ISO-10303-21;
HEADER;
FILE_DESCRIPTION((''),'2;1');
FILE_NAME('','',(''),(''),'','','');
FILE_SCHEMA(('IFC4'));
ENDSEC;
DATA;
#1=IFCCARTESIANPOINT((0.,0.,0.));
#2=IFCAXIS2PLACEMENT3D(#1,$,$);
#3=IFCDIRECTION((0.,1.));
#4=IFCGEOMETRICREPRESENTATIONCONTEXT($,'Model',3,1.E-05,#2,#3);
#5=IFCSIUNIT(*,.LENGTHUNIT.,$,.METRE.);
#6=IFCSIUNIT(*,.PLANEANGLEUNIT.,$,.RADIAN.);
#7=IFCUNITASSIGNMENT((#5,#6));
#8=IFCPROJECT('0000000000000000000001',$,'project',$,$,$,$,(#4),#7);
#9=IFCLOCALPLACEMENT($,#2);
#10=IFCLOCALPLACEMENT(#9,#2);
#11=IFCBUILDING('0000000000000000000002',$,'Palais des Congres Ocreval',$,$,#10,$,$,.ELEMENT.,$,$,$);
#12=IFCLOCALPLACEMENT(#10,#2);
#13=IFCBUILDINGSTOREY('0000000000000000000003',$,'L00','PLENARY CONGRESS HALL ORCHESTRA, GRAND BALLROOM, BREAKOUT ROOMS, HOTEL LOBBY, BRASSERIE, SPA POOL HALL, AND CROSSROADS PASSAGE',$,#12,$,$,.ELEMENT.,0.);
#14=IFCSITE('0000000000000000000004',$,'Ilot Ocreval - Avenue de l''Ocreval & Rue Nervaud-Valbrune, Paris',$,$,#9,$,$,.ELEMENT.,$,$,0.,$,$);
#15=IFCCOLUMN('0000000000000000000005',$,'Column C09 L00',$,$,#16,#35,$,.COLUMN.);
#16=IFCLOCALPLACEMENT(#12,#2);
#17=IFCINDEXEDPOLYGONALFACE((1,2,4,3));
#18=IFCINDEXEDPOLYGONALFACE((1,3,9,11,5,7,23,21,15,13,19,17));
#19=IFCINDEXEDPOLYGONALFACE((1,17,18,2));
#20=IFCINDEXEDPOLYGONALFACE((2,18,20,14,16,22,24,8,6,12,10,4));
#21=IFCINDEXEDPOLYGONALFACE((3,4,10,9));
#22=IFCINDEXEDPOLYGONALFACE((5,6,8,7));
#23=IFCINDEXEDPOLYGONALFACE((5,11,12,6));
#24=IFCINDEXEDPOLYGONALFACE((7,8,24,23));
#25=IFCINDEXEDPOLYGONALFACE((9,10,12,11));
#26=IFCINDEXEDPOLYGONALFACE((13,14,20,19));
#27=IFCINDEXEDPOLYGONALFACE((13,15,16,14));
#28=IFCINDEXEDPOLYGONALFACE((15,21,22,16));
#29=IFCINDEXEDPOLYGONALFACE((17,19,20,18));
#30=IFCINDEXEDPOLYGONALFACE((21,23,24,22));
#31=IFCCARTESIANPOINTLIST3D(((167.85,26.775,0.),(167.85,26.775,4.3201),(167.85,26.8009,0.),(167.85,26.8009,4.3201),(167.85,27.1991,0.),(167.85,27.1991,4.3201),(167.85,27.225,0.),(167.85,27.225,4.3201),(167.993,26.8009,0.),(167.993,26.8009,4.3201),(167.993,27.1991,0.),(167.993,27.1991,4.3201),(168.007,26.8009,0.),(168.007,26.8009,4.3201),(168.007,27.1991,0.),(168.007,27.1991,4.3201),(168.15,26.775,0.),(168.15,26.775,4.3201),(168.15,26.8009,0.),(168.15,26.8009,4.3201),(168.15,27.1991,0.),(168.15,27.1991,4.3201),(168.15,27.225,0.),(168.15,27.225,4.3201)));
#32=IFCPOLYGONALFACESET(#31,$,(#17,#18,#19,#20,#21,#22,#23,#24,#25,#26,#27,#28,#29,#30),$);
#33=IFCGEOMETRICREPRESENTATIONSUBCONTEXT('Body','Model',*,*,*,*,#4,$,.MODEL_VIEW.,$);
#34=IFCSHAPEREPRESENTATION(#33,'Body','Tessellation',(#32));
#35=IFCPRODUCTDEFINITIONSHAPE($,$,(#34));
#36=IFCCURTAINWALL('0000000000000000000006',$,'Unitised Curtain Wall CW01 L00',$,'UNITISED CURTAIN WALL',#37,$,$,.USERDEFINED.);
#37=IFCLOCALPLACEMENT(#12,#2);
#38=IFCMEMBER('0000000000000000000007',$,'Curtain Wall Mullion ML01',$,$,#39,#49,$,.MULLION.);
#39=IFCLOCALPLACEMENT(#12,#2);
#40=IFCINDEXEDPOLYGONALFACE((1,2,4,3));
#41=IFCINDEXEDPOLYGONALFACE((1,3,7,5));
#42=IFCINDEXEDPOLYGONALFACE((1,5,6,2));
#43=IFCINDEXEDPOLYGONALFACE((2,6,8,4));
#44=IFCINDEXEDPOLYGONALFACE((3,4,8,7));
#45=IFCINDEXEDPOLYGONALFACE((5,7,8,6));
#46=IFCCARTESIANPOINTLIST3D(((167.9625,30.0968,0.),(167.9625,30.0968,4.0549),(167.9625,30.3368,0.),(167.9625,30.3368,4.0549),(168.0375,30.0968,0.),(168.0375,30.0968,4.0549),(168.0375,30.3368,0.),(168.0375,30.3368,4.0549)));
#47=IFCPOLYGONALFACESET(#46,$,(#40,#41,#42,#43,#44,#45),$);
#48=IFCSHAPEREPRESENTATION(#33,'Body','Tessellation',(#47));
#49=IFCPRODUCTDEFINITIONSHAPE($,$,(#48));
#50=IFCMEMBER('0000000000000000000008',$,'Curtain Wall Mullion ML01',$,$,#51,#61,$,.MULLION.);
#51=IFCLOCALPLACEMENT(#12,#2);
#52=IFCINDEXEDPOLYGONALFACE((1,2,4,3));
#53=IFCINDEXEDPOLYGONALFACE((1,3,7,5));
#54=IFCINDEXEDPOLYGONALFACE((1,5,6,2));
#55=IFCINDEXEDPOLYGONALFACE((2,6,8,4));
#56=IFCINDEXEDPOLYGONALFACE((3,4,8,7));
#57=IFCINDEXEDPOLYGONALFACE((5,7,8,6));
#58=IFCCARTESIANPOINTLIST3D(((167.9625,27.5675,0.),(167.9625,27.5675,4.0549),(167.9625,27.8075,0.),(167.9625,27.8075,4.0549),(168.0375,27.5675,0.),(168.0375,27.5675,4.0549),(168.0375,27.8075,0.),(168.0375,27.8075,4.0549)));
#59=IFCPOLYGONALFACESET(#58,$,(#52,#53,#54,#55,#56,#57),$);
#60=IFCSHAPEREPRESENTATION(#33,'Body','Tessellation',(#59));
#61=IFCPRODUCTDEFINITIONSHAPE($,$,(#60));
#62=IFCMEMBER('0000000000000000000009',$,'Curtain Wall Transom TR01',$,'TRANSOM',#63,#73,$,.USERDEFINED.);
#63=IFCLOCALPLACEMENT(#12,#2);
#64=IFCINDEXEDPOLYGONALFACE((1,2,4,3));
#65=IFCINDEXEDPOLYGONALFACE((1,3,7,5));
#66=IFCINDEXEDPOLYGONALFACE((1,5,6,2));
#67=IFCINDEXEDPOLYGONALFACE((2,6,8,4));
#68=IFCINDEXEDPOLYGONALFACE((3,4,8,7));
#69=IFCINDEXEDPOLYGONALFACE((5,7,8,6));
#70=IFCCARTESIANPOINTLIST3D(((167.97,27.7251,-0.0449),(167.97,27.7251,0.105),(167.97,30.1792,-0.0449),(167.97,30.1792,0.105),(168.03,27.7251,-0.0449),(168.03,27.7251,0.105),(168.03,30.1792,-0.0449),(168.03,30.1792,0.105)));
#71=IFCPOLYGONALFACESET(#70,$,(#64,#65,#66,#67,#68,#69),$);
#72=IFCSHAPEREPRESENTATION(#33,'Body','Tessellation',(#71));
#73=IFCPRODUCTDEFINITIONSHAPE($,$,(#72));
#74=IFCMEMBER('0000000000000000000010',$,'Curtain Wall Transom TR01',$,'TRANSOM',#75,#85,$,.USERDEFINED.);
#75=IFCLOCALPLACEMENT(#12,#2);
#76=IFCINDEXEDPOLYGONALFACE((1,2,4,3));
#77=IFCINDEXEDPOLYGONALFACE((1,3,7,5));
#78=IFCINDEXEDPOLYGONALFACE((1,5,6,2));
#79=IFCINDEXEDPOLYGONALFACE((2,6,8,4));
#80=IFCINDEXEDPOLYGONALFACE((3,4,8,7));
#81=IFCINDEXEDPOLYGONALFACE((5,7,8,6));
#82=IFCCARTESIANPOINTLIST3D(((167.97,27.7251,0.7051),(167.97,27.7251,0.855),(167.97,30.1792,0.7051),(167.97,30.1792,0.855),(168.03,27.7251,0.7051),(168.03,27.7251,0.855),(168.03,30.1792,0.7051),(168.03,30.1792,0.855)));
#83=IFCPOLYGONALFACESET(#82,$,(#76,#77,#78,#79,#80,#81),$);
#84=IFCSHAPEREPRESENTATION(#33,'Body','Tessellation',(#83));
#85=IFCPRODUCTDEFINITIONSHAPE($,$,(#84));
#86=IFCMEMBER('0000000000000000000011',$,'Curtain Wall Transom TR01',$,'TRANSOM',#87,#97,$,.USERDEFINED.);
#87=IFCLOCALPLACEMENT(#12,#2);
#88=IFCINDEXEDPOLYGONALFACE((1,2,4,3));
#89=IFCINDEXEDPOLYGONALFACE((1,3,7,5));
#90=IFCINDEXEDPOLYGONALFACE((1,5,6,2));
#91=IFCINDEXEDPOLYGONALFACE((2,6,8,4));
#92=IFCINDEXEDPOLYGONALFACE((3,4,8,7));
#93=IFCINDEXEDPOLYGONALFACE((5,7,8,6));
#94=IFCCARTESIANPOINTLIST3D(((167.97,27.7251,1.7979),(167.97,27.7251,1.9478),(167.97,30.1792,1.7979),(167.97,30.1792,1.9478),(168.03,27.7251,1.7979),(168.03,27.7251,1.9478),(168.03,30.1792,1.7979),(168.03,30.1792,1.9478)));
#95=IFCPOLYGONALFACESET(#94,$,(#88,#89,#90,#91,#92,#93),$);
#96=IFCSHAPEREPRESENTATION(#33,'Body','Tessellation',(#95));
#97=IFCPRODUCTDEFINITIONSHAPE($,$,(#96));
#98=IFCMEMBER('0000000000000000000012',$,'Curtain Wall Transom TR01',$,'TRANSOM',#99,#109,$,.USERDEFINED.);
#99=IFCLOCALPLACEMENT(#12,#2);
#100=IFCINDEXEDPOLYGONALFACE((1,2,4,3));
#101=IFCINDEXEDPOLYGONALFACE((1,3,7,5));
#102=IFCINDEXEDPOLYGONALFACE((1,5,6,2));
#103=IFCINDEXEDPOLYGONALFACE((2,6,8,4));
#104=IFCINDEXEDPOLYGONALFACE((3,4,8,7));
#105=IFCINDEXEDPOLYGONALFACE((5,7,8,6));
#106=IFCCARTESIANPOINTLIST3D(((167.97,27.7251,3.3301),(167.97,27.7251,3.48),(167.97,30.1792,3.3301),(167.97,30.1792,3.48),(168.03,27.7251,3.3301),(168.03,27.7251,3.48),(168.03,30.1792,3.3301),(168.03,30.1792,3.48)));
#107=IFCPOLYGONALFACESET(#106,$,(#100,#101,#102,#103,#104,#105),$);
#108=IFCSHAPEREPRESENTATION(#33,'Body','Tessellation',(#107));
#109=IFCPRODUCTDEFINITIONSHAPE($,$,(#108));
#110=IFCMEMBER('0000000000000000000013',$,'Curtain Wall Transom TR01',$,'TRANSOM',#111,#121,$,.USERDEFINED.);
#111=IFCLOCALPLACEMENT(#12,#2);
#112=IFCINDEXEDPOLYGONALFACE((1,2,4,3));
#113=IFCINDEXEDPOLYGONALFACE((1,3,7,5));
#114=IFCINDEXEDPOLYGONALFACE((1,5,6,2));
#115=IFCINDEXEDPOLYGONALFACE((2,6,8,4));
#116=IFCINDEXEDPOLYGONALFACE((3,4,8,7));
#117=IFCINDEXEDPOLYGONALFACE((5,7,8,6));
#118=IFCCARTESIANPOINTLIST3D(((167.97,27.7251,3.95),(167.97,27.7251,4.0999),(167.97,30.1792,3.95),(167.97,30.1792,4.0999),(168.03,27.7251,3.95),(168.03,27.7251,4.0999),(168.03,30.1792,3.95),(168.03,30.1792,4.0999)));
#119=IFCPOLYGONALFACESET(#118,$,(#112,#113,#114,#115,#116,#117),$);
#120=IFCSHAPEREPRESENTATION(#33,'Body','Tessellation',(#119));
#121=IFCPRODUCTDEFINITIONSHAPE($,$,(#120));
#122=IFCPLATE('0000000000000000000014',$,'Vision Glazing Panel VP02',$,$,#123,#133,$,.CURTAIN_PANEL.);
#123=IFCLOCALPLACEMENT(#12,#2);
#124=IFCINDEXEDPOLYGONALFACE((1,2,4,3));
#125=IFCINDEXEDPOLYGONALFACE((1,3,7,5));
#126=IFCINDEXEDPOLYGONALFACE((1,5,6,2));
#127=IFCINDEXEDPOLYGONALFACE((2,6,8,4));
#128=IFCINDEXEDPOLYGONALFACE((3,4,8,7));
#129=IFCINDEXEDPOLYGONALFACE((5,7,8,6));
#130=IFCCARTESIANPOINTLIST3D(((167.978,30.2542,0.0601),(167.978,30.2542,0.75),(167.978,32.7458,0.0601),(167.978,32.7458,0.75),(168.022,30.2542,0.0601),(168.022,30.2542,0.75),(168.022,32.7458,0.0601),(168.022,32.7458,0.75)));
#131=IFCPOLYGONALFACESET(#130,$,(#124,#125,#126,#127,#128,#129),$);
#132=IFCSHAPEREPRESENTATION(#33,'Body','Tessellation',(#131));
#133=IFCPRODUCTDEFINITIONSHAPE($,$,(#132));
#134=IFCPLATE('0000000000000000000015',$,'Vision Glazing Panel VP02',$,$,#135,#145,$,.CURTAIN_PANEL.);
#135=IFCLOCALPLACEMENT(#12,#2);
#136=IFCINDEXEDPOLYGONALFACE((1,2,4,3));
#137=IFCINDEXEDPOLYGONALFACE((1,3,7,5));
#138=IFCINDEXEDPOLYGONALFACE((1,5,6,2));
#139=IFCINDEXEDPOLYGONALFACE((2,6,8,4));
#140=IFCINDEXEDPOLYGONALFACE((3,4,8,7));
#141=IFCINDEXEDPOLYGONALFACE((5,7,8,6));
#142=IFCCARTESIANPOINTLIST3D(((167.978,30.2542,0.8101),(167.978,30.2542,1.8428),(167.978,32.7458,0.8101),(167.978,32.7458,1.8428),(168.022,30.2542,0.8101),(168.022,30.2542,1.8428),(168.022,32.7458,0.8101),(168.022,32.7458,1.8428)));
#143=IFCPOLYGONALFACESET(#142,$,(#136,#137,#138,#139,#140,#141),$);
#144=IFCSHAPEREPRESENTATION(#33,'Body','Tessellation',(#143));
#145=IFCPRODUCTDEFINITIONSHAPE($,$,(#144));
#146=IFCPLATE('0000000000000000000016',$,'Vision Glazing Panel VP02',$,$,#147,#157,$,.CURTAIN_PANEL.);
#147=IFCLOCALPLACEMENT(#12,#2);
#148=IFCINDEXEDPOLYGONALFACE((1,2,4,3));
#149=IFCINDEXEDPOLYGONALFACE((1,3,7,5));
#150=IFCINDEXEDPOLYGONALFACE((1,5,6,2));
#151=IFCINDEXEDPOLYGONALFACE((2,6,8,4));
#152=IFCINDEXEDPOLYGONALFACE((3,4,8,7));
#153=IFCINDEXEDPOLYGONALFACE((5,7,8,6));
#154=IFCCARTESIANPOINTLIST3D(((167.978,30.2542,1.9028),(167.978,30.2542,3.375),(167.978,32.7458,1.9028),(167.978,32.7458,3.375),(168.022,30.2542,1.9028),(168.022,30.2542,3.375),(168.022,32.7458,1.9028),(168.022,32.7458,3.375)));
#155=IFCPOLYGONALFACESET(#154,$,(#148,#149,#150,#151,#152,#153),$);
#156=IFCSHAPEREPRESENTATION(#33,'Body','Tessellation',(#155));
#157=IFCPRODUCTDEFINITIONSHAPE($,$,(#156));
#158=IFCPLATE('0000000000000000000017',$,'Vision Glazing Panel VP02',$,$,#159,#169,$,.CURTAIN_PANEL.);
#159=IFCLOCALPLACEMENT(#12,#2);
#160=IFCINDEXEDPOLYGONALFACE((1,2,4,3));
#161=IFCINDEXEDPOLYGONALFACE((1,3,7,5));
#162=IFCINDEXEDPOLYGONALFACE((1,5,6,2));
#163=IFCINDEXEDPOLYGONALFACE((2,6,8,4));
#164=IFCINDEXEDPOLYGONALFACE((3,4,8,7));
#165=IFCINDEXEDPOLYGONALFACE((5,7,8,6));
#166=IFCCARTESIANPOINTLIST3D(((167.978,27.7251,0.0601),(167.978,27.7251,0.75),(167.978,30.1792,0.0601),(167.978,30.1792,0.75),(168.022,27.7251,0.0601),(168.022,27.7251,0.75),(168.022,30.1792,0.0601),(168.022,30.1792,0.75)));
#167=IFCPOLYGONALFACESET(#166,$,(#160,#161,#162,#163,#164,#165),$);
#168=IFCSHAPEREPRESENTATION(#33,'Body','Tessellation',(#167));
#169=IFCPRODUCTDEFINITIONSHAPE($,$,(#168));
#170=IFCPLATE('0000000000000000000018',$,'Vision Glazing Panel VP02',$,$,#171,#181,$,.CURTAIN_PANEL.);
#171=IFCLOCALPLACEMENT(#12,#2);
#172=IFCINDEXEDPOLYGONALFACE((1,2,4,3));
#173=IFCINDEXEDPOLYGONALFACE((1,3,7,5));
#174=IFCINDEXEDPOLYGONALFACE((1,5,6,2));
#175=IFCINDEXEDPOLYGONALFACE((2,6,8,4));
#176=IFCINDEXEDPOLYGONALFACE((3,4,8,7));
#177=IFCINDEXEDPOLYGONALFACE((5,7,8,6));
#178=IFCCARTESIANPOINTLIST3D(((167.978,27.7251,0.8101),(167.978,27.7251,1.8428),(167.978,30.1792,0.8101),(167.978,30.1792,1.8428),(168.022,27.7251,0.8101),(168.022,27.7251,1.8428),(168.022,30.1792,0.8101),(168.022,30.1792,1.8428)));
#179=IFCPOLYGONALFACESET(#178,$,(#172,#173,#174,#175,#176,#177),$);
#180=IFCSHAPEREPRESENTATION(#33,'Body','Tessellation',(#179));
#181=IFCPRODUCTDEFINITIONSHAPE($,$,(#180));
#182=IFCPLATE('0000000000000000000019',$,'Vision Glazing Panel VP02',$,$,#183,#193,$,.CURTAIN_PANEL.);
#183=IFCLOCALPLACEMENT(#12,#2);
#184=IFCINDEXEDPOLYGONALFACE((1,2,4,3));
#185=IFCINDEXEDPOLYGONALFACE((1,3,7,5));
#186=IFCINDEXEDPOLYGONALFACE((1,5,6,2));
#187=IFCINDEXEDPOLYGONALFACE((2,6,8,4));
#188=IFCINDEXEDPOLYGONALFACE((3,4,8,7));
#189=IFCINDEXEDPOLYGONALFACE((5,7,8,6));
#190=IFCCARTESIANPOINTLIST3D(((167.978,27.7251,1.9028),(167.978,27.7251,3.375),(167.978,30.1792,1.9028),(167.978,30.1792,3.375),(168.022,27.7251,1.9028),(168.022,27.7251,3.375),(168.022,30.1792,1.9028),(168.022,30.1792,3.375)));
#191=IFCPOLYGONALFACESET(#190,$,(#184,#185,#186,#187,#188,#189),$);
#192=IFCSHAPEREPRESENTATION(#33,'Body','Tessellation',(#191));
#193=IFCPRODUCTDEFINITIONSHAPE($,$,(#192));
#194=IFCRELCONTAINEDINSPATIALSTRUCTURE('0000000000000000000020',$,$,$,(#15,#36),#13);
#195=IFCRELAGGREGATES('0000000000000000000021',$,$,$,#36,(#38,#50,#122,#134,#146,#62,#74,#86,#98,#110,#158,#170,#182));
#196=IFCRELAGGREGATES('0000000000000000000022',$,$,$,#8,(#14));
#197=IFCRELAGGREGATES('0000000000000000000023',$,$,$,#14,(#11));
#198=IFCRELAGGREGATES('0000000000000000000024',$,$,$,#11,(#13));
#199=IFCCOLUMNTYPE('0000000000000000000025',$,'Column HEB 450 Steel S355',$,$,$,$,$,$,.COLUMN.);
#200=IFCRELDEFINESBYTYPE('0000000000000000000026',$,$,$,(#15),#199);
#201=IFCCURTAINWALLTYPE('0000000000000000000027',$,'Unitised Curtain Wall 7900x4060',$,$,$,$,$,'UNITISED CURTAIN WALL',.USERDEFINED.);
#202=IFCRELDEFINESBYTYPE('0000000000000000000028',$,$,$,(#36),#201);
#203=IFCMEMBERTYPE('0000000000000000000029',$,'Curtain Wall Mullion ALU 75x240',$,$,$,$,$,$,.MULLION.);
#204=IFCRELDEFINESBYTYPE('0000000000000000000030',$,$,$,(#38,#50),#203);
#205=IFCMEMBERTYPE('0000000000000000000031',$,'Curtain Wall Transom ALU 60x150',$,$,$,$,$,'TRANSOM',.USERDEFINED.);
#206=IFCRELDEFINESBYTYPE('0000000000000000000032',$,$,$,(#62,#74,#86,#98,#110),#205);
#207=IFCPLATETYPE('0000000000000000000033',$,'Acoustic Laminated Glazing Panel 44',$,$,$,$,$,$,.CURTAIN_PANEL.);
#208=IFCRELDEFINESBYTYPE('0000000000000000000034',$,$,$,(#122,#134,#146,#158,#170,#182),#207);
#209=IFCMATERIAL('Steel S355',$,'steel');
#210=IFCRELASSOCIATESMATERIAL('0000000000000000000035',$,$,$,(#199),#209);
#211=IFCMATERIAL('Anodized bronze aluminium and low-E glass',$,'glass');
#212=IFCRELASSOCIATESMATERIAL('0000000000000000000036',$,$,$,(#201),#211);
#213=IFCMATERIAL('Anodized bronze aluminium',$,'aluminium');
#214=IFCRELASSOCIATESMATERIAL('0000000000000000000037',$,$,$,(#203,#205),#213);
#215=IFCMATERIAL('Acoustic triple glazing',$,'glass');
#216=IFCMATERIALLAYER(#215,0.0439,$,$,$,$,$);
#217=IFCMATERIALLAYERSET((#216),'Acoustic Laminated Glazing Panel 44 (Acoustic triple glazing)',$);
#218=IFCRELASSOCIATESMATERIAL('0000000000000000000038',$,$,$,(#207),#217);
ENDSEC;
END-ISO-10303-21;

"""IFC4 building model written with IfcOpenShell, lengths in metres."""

from ifc_helpers import new_model, si_unit, direction, frame, origin, origin_2d, place, context, subcontext, project, spatial, rectangle, i_section, extrude, material, layer, layer_set, material_profile, profile_set, type_object, element, aggregate, save


model = new_model("IFC4")

# Units and contexts
model_context = context("Model", 3, precision=1e-05, world=origin(), true_north=direction((0.0, 1.0)))
body_context = subcontext(model_context, "Body", "Model", "MODEL_VIEW")
ifc_project = project(units=[si_unit("LENGTHUNIT", "METRE"), si_unit("PLANEANGLEUNIT", "RADIAN")], contexts=[model_context])

# Site, building, storey
site_placement = place(None, origin())
site = spatial("IfcSite", under=ifc_project, at=site_placement, Name="Ilot Ocreval - Avenue de l'Ocreval & Rue Nervaud-Valbrune, Paris", CompositionType="ELEMENT", RefElevation=0.0)
building_placement = place(site_placement, origin())
building = spatial("IfcBuilding", under=site, at=building_placement, Name="Palais des Congres Ocreval", CompositionType="ELEMENT")
storey_placement = place(building_placement, origin())
storey = spatial("IfcBuildingStorey", under=building, at=storey_placement, Name="L00", Description="PLENARY CONGRESS HALL ORCHESTRA, GRAND BALLROOM, BREAKOUT ROOMS, HOTEL LOBBY, BRASSERIE, SPA POOL HALL, AND CROSSROADS PASSAGE", CompositionType="ELEMENT", Elevation=0.0)

# Column
ifc_material_1 = material(Name="Steel S355", Category="steel")
ifc_material_profile_1 = material_profile(ifc_material_1, i_section(OverallWidth=0.3, OverallDepth=0.45, WebThickness=0.0139, FlangeThickness=0.0259, at=origin_2d()), Name="HEB 450")
ifc_profile_set_1 = profile_set([ifc_material_profile_1], Name="Steel S355")
column_type = type_object("IfcColumnType", Name="Column HEB 450 Steel S355", PredefinedType="COLUMN", material=ifc_profile_set_1)
column_placement = place(storey_placement, frame((168.0, 27.0, 0.0), z_axis=(0.0, 0.0, 1.0), x_axis=(1.0, 0.0, 0.0)))
element("IfcColumn", 1, at=column_placement, inside=storey, type_object=column_type, Name="Column C09 L00", PredefinedType="COLUMN", context=body_context, shape_type="SweptSolid", body=[
    extrude(i_section(OverallWidth=0.3, OverallDepth=0.45, WebThickness=0.0139, FlangeThickness=0.0259, at=origin_2d()), origin(), (0.0, 0.0, 1.0), 4.3201),
])

# Curtain wall, members, plates
ifc_material_2 = material(Name="Anodized bronze aluminium and low-E glass", Category="glass")
curtain_wall_type = type_object("IfcCurtainWallType", Name="Unitised Curtain Wall 7900x4060", ElementType="UNITISED CURTAIN WALL", PredefinedType="USERDEFINED", material=ifc_material_2)
curtain_wall_placement = place(storey_placement, origin())
curtain_wall = element("IfcCurtainWall", 2, at=curtain_wall_placement, inside=storey, type_object=curtain_wall_type, Name="Unitised Curtain Wall CW01 L00", ObjectType="UNITISED CURTAIN WALL", PredefinedType="USERDEFINED")
ifc_material_3 = material(Name="Anodized bronze aluminium", Category="aluminium")
ifc_material_profile_2 = material_profile(ifc_material_3, rectangle(XDim=0.075, YDim=0.24, at=origin_2d()), Name="ALU 75x240")
ifc_profile_set_2 = profile_set([ifc_material_profile_2], Name="Anodized bronze aluminium")
member_type_1 = type_object("IfcMemberType", Name="Curtain Wall Mullion ALU 75x240", PredefinedType="MULLION", material=ifc_profile_set_2)
member_1_placement = place(storey_placement, frame((168.0, 30.2168, 0.0), z_axis=(0.0, 0.0, 1.0), x_axis=(1.0, 0.0, 0.0)))
member_1 = element("IfcMember", 3, at=member_1_placement, type_object=member_type_1, Name="Curtain Wall Mullion ML01", PredefinedType="MULLION", context=body_context, shape_type="SweptSolid", body=[
    extrude(rectangle(XDim=0.075, YDim=0.24, at=origin_2d()), origin(), (0.0, 0.0, 1.0), 4.0549),
])
member_2_placement = place(storey_placement, frame((168.0, 27.6875, 0.0), z_axis=(0.0, 0.0, 1.0), x_axis=(1.0, 0.0, 0.0)))
member_2 = element("IfcMember", 4, at=member_2_placement, type_object=member_type_1, Name="Curtain Wall Mullion ML01", PredefinedType="MULLION", context=body_context, shape_type="SweptSolid", body=[
    extrude(rectangle(XDim=0.075, YDim=0.24, at=origin_2d()), origin(), (0.0, 0.0, 1.0), 4.0549),
])
ifc_material_profile_3 = material_profile(ifc_material_3, rectangle(XDim=0.0601, YDim=0.1499, at=origin_2d()), Name="ALU 60x150")
ifc_profile_set_3 = profile_set([ifc_material_profile_3], Name="Anodized bronze aluminium")
member_type_2 = type_object("IfcMemberType", Name="Curtain Wall Transom ALU 60x150", ElementType="TRANSOM", PredefinedType="USERDEFINED", material=ifc_profile_set_3)
member_3_placement = place(storey_placement, frame((168.0, 30.1792, 0.03), z_axis=(0.0, -1.0, 0.0), x_axis=(1.0, 0.0, 0.0)))
member_3 = element("IfcMember", 5, at=member_3_placement, type_object=member_type_2, Name="Curtain Wall Transom TR01", ObjectType="TRANSOM", PredefinedType="USERDEFINED", context=body_context, shape_type="SweptSolid", body=[
    extrude(rectangle(XDim=0.0601, YDim=0.1499, at=origin_2d()), origin(), (0.0, 0.0, 1.0), 2.4541),
])
member_4_placement = place(storey_placement, frame((168.0, 30.1792, 0.78), z_axis=(0.0, -1.0, 0.0), x_axis=(1.0, 0.0, 0.0)))
member_4 = element("IfcMember", 6, at=member_4_placement, type_object=member_type_2, Name="Curtain Wall Transom TR01", ObjectType="TRANSOM", PredefinedType="USERDEFINED", context=body_context, shape_type="SweptSolid", body=[
    extrude(rectangle(XDim=0.0601, YDim=0.1499, at=origin_2d()), origin(), (0.0, 0.0, 1.0), 2.4541),
])
member_5_placement = place(storey_placement, frame((168.0, 30.1792, 1.8728), z_axis=(0.0, -1.0, 0.0), x_axis=(1.0, 0.0, 0.0)))
member_5 = element("IfcMember", 7, at=member_5_placement, type_object=member_type_2, Name="Curtain Wall Transom TR01", ObjectType="TRANSOM", PredefinedType="USERDEFINED", context=body_context, shape_type="SweptSolid", body=[
    extrude(rectangle(XDim=0.0601, YDim=0.1499, at=origin_2d()), origin(), (0.0, 0.0, 1.0), 2.4541),
])
member_6_placement = place(storey_placement, frame((168.0, 30.1792, 3.405), z_axis=(0.0, -1.0, 0.0), x_axis=(1.0, 0.0, 0.0)))
member_6 = element("IfcMember", 8, at=member_6_placement, type_object=member_type_2, Name="Curtain Wall Transom TR01", ObjectType="TRANSOM", PredefinedType="USERDEFINED", context=body_context, shape_type="SweptSolid", body=[
    extrude(rectangle(XDim=0.0601, YDim=0.1499, at=origin_2d()), origin(), (0.0, 0.0, 1.0), 2.4541),
])
member_7_placement = place(storey_placement, frame((168.0, 30.1792, 4.0249), z_axis=(0.0, -1.0, 0.0), x_axis=(1.0, 0.0, 0.0)))
member_7 = element("IfcMember", 9, at=member_7_placement, type_object=member_type_2, Name="Curtain Wall Transom TR01", ObjectType="TRANSOM", PredefinedType="USERDEFINED", context=body_context, shape_type="SweptSolid", body=[
    extrude(rectangle(XDim=0.0601, YDim=0.1499, at=origin_2d()), origin(), (0.0, 0.0, 1.0), 2.4541),
])
ifc_material_4 = material(Name="Acoustic triple glazing", Category="glass")
ifc_layer_1 = layer(ifc_material_4, 0.0439)
ifc_layer_set_1 = layer_set([ifc_layer_1], Name="Acoustic Laminated Glazing Panel 44 (Acoustic triple glazing)")
plate_type_1 = type_object("IfcPlateType", Name="Acoustic Laminated Glazing Panel 44", PredefinedType="CURTAIN_PANEL", material=ifc_layer_set_1)
plate_1_placement = place(storey_placement, frame((168.0, 31.5, 0.0601), z_axis=(0.0, 0.0, 1.0), x_axis=(0.0, -1.0, 0.0)))
plate_1 = element("IfcPlate", 10, at=plate_1_placement, type_object=plate_type_1, Name="Vision Glazing Panel VP02", PredefinedType="CURTAIN_PANEL", context=body_context, shape_type="SweptSolid", body=[
    extrude(rectangle(XDim=2.4917, YDim=0.0439, at=origin_2d()), origin(), (0.0, 0.0, 1.0), 0.6899),
])
plate_2_placement = place(storey_placement, frame((168.0, 31.5, 0.8101), z_axis=(0.0, 0.0, 1.0), x_axis=(0.0, -1.0, 0.0)))
plate_2 = element("IfcPlate", 11, at=plate_2_placement, type_object=plate_type_1, Name="Vision Glazing Panel VP02", PredefinedType="CURTAIN_PANEL", context=body_context, shape_type="SweptSolid", body=[
    extrude(rectangle(XDim=2.4917, YDim=0.0439, at=origin_2d()), origin(), (0.0, 0.0, 1.0), 1.0327),
])
plate_3_placement = place(storey_placement, frame((168.0, 31.5, 1.9028), z_axis=(0.0, 0.0, 1.0), x_axis=(0.0, -1.0, 0.0)))
plate_3 = element("IfcPlate", 12, at=plate_3_placement, type_object=plate_type_1, Name="Vision Glazing Panel VP02", PredefinedType="CURTAIN_PANEL", context=body_context, shape_type="SweptSolid", body=[
    extrude(rectangle(XDim=2.4917, YDim=0.0439, at=origin_2d()), origin(), (0.0, 0.0, 1.0), 1.4722),
])
plate_4_placement = place(storey_placement, frame((168.0, 28.9521, 0.0601), z_axis=(0.0, 0.0, 1.0), x_axis=(0.0, -1.0, 0.0)))
plate_4 = element("IfcPlate", 13, at=plate_4_placement, type_object=plate_type_1, Name="Vision Glazing Panel VP02", PredefinedType="CURTAIN_PANEL", context=body_context, shape_type="SweptSolid", body=[
    extrude(rectangle(XDim=2.4541, YDim=0.0439, at=origin_2d()), origin(), (0.0, 0.0, 1.0), 0.6899),
])
plate_5_placement = place(storey_placement, frame((168.0, 28.9521, 0.8101), z_axis=(0.0, 0.0, 1.0), x_axis=(0.0, -1.0, 0.0)))
plate_5 = element("IfcPlate", 14, at=plate_5_placement, type_object=plate_type_1, Name="Vision Glazing Panel VP02", PredefinedType="CURTAIN_PANEL", context=body_context, shape_type="SweptSolid", body=[
    extrude(rectangle(XDim=2.4541, YDim=0.0439, at=origin_2d()), origin(), (0.0, 0.0, 1.0), 1.0327),
])
plate_6_placement = place(storey_placement, frame((168.0, 28.9521, 1.9028), z_axis=(0.0, 0.0, 1.0), x_axis=(0.0, -1.0, 0.0)))
plate_6 = element("IfcPlate", 15, at=plate_6_placement, type_object=plate_type_1, Name="Vision Glazing Panel VP02", PredefinedType="CURTAIN_PANEL", context=body_context, shape_type="SweptSolid", body=[
    extrude(rectangle(XDim=2.4541, YDim=0.0439, at=origin_2d()), origin(), (0.0, 0.0, 1.0), 1.4722),
])
aggregate(curtain_wall, [member_1, member_2, plate_1, plate_2, plate_3, member_3, member_4, member_5, member_6, member_7, plate_4, plate_5, plate_6])

save(model, "model.ifc")
